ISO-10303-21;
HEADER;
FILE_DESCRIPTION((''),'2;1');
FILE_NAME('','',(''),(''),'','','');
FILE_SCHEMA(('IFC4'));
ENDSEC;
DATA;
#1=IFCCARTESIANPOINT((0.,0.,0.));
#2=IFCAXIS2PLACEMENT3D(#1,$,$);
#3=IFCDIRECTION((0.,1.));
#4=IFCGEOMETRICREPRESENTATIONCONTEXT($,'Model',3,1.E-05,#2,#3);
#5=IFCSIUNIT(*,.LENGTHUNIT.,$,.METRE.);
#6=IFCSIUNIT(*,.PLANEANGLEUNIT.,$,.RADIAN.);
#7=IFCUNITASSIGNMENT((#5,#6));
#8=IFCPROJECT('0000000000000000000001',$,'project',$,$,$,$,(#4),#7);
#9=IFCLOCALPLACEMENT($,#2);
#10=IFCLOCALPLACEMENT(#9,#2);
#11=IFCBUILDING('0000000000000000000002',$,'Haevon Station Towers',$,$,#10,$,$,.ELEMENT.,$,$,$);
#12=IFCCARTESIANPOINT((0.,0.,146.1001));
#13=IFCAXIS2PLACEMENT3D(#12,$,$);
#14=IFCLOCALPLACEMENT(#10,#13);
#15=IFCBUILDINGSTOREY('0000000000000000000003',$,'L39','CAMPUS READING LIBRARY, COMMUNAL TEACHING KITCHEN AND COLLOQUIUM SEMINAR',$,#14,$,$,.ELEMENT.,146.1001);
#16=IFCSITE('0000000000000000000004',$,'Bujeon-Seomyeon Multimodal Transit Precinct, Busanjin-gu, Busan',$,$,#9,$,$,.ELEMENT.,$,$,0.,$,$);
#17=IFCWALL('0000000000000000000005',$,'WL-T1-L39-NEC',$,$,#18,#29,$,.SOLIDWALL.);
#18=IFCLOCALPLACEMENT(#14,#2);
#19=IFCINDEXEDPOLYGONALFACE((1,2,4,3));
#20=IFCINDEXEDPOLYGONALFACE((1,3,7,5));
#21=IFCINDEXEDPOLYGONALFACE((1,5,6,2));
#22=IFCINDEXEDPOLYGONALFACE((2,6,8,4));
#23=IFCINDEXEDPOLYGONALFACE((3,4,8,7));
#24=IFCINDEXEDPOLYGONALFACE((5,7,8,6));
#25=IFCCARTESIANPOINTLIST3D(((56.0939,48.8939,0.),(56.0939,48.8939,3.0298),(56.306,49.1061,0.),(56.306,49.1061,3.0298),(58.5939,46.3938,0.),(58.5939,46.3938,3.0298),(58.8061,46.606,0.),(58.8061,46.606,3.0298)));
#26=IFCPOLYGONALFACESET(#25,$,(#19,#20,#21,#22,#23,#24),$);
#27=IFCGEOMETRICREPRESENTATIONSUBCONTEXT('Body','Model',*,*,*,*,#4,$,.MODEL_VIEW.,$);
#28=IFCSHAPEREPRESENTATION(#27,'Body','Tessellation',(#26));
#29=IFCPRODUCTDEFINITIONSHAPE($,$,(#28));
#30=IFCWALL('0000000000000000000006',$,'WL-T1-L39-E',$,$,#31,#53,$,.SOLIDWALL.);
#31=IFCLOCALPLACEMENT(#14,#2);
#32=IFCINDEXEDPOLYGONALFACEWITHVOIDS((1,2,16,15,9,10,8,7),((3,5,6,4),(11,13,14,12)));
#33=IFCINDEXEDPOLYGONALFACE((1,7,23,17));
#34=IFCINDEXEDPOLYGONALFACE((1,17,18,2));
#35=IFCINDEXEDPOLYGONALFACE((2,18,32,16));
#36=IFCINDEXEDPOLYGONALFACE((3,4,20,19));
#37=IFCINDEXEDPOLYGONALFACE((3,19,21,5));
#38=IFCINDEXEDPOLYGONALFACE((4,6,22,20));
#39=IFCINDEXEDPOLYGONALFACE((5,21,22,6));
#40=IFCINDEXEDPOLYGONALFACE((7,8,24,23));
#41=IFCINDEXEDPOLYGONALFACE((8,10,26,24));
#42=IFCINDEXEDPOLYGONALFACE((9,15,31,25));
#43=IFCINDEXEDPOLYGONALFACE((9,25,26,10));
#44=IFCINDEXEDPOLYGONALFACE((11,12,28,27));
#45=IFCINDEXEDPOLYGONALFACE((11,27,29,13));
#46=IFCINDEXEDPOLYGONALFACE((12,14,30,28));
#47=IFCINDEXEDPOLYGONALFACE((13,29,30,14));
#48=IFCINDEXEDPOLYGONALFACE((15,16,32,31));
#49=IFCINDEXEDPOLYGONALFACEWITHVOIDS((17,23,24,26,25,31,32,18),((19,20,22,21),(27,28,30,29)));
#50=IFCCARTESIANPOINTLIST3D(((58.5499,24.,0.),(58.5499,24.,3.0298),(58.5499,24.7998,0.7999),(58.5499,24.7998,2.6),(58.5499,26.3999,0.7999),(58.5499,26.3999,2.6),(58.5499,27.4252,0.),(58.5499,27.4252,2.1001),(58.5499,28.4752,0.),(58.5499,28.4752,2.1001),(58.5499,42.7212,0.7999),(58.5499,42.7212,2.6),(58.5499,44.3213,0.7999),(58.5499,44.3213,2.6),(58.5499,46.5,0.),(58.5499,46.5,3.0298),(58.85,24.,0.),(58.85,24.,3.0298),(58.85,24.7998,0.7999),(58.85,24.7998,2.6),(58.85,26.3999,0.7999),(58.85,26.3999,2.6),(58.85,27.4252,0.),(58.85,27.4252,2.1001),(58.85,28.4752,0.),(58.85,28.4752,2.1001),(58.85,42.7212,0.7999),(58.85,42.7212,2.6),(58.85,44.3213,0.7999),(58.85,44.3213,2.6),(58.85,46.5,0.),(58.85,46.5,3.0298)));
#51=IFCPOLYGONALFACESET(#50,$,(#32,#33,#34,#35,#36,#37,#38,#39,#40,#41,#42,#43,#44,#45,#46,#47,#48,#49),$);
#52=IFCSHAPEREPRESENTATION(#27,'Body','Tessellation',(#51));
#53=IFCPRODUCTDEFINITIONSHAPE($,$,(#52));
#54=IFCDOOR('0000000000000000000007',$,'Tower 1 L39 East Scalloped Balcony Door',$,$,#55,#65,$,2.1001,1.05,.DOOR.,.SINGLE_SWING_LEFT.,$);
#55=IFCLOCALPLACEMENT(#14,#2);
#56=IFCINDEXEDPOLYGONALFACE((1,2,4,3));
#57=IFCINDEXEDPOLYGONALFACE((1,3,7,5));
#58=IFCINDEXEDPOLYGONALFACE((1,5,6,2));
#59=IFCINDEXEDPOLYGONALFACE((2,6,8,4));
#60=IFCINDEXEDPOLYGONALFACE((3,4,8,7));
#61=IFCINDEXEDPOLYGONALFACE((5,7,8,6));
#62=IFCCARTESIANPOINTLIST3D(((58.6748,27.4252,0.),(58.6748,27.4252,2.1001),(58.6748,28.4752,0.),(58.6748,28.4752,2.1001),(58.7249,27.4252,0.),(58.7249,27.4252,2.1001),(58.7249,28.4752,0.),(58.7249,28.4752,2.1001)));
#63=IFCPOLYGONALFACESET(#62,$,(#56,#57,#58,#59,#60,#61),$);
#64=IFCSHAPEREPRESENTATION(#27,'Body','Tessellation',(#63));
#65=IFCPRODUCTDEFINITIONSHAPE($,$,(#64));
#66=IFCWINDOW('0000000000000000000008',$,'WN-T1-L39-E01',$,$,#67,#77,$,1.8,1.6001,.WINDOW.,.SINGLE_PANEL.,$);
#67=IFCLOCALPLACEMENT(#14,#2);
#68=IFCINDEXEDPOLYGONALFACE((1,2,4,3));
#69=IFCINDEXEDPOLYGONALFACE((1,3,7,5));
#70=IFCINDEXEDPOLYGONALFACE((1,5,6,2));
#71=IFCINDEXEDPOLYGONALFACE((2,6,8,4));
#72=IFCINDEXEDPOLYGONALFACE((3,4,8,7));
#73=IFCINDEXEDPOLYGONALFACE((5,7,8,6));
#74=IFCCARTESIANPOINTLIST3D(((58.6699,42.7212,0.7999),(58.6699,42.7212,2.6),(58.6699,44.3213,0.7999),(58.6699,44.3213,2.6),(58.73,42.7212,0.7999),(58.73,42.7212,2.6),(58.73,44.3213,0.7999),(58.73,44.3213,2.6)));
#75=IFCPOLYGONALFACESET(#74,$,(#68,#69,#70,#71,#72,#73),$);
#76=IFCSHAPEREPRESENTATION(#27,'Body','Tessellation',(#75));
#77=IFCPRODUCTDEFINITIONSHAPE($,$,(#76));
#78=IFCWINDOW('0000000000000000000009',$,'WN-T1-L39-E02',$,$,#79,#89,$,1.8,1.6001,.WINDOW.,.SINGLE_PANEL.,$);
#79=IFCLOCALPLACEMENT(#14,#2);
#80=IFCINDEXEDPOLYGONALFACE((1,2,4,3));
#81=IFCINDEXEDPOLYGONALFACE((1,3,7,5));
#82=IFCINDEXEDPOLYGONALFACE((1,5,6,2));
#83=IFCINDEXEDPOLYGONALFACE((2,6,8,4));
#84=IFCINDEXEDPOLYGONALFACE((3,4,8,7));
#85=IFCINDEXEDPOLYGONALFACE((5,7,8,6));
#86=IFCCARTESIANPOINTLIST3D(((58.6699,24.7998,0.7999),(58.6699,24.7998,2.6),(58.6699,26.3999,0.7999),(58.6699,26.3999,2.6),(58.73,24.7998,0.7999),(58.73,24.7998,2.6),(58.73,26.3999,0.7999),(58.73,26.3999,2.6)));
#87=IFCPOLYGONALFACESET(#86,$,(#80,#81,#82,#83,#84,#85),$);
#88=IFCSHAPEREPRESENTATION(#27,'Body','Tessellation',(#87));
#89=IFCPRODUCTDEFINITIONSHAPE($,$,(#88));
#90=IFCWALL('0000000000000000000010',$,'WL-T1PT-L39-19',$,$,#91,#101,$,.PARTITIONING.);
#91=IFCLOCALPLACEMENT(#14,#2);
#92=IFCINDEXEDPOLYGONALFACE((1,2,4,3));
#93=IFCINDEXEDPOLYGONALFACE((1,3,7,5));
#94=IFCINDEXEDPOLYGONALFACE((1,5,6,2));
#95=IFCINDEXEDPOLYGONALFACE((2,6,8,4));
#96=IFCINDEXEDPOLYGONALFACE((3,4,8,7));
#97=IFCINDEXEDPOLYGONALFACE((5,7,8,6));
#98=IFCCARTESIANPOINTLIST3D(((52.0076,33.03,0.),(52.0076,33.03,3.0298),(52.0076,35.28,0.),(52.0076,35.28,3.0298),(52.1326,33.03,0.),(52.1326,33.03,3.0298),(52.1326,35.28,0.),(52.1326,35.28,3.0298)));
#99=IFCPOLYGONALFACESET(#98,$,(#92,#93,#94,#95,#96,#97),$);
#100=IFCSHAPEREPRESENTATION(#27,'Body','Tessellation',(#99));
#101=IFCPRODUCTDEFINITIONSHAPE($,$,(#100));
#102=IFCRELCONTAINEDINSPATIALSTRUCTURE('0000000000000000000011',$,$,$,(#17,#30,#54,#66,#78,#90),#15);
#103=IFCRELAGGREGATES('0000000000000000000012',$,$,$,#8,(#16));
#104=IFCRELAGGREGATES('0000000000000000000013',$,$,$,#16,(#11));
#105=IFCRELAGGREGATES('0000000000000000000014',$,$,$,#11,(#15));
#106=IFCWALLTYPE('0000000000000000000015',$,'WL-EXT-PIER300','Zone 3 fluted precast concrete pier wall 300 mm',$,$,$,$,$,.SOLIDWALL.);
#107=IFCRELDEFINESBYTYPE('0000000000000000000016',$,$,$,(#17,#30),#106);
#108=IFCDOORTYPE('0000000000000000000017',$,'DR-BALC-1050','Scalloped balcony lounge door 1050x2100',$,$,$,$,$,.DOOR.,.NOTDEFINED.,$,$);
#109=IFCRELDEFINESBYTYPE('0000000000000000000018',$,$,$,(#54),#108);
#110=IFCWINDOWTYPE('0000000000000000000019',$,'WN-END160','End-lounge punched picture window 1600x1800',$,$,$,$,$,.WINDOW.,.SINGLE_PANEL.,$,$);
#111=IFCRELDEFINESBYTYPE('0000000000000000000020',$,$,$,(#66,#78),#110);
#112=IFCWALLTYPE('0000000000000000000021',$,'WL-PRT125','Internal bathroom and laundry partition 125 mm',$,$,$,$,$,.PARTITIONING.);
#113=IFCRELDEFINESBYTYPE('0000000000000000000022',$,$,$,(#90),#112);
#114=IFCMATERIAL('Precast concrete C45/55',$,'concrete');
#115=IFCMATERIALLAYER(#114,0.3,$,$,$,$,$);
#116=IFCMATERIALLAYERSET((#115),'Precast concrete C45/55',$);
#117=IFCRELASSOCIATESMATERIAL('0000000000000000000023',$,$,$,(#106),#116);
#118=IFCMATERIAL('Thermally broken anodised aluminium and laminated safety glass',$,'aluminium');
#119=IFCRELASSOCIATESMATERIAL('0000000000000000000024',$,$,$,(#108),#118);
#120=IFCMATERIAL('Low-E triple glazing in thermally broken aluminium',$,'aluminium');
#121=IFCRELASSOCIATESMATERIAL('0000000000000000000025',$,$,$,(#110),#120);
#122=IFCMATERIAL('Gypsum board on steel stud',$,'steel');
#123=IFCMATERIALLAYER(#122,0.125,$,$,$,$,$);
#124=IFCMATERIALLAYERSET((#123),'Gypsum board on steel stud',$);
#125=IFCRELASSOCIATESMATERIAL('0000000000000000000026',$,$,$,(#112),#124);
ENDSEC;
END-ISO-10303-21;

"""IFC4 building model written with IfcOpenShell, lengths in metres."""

from ifc_helpers import new_model, si_unit, direction, frame, frame_2d, origin, place, context, subcontext, project, spatial, rectangle, extrude, material, layer, layer_set, type_object, element, fill, save


model = new_model("IFC4")

# Units and contexts
model_context = context("Model", 3, precision=1e-05, world=origin(), true_north=direction((0.0, 1.0)))
body_context = subcontext(model_context, "Body", "Model", "MODEL_VIEW")
ifc_project = project(units=[si_unit("LENGTHUNIT", "METRE"), si_unit("PLANEANGLEUNIT", "RADIAN")], contexts=[model_context])

# Site, building, storey
site_placement = place(None, origin())
site = spatial("IfcSite", under=ifc_project, at=site_placement, Name="Bujeon-Seomyeon Multimodal Transit Precinct, Busanjin-gu, Busan", CompositionType="ELEMENT", RefElevation=0.0)
building_placement = place(site_placement, origin())
building = spatial("IfcBuilding", under=site, at=building_placement, Name="Haevon Station Towers", CompositionType="ELEMENT")
storey_placement = place(building_placement, frame((0.0, 0.0, 146.1001)))
storey = spatial("IfcBuildingStorey", under=building, at=storey_placement, Name="L39", Description="CAMPUS READING LIBRARY, COMMUNAL TEACHING KITCHEN AND COLLOQUIUM SEMINAR", CompositionType="ELEMENT", Elevation=146.1001)

# Wall
ifc_material_1 = material(Name="Gypsum board on steel stud", Category="steel")
ifc_material_2 = material(Name="Precast concrete C45/55", Category="concrete")
ifc_layer_1 = layer(ifc_material_2, 0.3)
ifc_layer_set_1 = layer_set([ifc_layer_1], Name="Precast concrete C45/55")
wall_type_1 = type_object("IfcWallType", Name="WL-EXT-PIER300", Description="Zone 3 fluted precast concrete pier wall 300 mm", PredefinedType="SOLIDWALL", material=ifc_layer_set_1)
wall_1_placement = place(storey_placement, frame((56.2, 49.0, 0.0), z_axis=(0.0, 0.0, 1.0), x_axis=(0.707107, -0.707107, 0.0)))
element("IfcWall", 1, at=wall_1_placement, inside=storey, type_object=wall_type_1, Name="WL-T1-L39-NEC", PredefinedType="SOLIDWALL", context=body_context, shape_type="SweptSolid", body=[
    extrude(rectangle(XDim=3.5356, YDim=0.3, at=frame_2d((1.7678, 0.0))), origin(), (0.0, 0.0, 1.0), 3.0298),
])

# Wall, openings, door, windows
wall_2_placement = place(storey_placement, frame((58.7, 46.5, 0.0), z_axis=(0.0, 0.0, 1.0), x_axis=(0.0, -1.0, 0.0)))
wall_2 = element("IfcWall", 2, at=wall_2_placement, inside=storey, type_object=wall_type_1, Name="WL-T1-L39-E", PredefinedType="SOLIDWALL", context=body_context, shape_type="SweptSolid", body=[
    extrude(rectangle(XDim=22.5, YDim=0.3, at=frame_2d((11.25, 0.0))), origin(), (0.0, 0.0, 1.0), 3.0298),
])
opening_1_placement = place(wall_2_placement, frame((18.0249, 0.0, 0.0)))
opening_1 = element("IfcOpeningElement", 3, at=opening_1_placement, cuts=wall_2, PredefinedType="OPENING", context=body_context, shape_type="SweptSolid", body=[
    extrude(rectangle(XDim=1.05, YDim=2.1001, at=frame_2d((0.5249, 1.05))), frame((0.0, 0.1599, 0.0), z_axis=(0.0, -1.0, 0.0), x_axis=(1.0, 0.0, 0.0)), (0.0, 0.0, 1.0), 0.3201),
])
opening_2_placement = place(wall_2_placement, frame((2.1787, 0.0, 0.8)))
opening_2 = element("IfcOpeningElement", 4, at=opening_2_placement, cuts=wall_2, PredefinedType="OPENING", context=body_context, shape_type="SweptSolid", body=[
    extrude(rectangle(XDim=1.6001, YDim=1.8, at=frame_2d((0.8, 0.8999))), frame((0.0, 0.1599, 0.0), z_axis=(0.0, -1.0, 0.0), x_axis=(1.0, 0.0, 0.0)), (0.0, 0.0, 1.0), 0.3201),
])
opening_3_placement = place(wall_2_placement, frame((20.1001, 0.0, 0.8)))
opening_3 = element("IfcOpeningElement", 5, at=opening_3_placement, cuts=wall_2, PredefinedType="OPENING", context=body_context, shape_type="SweptSolid", body=[
    extrude(rectangle(XDim=1.6001, YDim=1.8, at=frame_2d((0.8, 0.8999))), frame((0.0, 0.1599, 0.0), z_axis=(0.0, -1.0, 0.0), x_axis=(1.0, 0.0, 0.0)), (0.0, 0.0, 1.0), 0.3201),
])
ifc_material_3 = material(Name="Thermally broken anodised aluminium and laminated safety glass", Category="aluminium")
door_type = type_object("IfcDoorType", Name="DR-BALC-1050", Description="Scalloped balcony lounge door 1050x2100", OperationType="NOTDEFINED", PredefinedType="DOOR", material=ifc_material_3)
door_placement = place(opening_1_placement, origin())
door = element("IfcDoor", 6, at=door_placement, inside=storey, type_object=door_type, Name="Tower 1 L39 East Scalloped Balcony Door", OperationType="SINGLE_SWING_LEFT", OverallHeight=2.1001, OverallWidth=1.05, PredefinedType="DOOR", context=body_context, shape_type="SweptSolid", body=[
    extrude(rectangle(XDim=1.05, YDim=2.1001, at=frame_2d((0.5249, 1.05))), frame((0.0, 0.0249, 0.0), z_axis=(0.0, -1.0, 0.0), x_axis=(1.0, 0.0, 0.0)), (0.0, 0.0, 1.0), 0.05),
])
fill(opening_1, door)
ifc_material_4 = material(Name="Low-E triple glazing in thermally broken aluminium", Category="aluminium")
window_type = type_object("IfcWindowType", Name="WN-END160", Description="End-lounge punched picture window 1600x1800", PartitioningType="SINGLE_PANEL", PredefinedType="WINDOW", material=ifc_material_4)
window_1_placement = place(opening_2_placement, origin())
window_1 = element("IfcWindow", 7, at=window_1_placement, inside=storey, type_object=window_type, Name="WN-T1-L39-E01", OverallHeight=1.8, OverallWidth=1.6001, PartitioningType="SINGLE_PANEL", PredefinedType="WINDOW", context=body_context, shape_type="SweptSolid", body=[
    extrude(rectangle(XDim=1.6001, YDim=1.8, at=frame_2d((0.8, 0.8999))), frame((0.0, 0.03, 0.0), z_axis=(0.0, -1.0, 0.0), x_axis=(1.0, 0.0, 0.0)), (0.0, 0.0, 1.0), 0.0601),
])
fill(opening_2, window_1)
window_2_placement = place(opening_3_placement, origin())
window_2 = element("IfcWindow", 8, at=window_2_placement, inside=storey, type_object=window_type, Name="WN-T1-L39-E02", OverallHeight=1.8, OverallWidth=1.6001, PartitioningType="SINGLE_PANEL", PredefinedType="WINDOW", context=body_context, shape_type="SweptSolid", body=[
    extrude(rectangle(XDim=1.6001, YDim=1.8, at=frame_2d((0.8, 0.8999))), frame((0.0, 0.03, 0.0), z_axis=(0.0, -1.0, 0.0), x_axis=(1.0, 0.0, 0.0)), (0.0, 0.0, 1.0), 0.0601),
])
fill(opening_3, window_2)

# Wall
ifc_layer_2 = layer(ifc_material_1, 0.125)
ifc_layer_set_2 = layer_set([ifc_layer_2], Name="Gypsum board on steel stud")
wall_type_2 = type_object("IfcWallType", Name="WL-PRT125", Description="Internal bathroom and laundry partition 125 mm", PredefinedType="PARTITIONING", material=ifc_layer_set_2)
wall_3_placement = place(storey_placement, frame((52.0701, 33.03, 0.0), z_axis=(0.0, 0.0, 1.0), x_axis=(0.0, 1.0, 0.0)))
element("IfcWall", 9, at=wall_3_placement, inside=storey, type_object=wall_type_2, Name="WL-T1PT-L39-19", PredefinedType="PARTITIONING", context=body_context, shape_type="SweptSolid", body=[
    extrude(rectangle(XDim=2.25, YDim=0.125, at=frame_2d((1.125, 0.0))), origin(), (0.0, 0.0, 1.0), 3.0298),
])

save(model, "model.ifc")
